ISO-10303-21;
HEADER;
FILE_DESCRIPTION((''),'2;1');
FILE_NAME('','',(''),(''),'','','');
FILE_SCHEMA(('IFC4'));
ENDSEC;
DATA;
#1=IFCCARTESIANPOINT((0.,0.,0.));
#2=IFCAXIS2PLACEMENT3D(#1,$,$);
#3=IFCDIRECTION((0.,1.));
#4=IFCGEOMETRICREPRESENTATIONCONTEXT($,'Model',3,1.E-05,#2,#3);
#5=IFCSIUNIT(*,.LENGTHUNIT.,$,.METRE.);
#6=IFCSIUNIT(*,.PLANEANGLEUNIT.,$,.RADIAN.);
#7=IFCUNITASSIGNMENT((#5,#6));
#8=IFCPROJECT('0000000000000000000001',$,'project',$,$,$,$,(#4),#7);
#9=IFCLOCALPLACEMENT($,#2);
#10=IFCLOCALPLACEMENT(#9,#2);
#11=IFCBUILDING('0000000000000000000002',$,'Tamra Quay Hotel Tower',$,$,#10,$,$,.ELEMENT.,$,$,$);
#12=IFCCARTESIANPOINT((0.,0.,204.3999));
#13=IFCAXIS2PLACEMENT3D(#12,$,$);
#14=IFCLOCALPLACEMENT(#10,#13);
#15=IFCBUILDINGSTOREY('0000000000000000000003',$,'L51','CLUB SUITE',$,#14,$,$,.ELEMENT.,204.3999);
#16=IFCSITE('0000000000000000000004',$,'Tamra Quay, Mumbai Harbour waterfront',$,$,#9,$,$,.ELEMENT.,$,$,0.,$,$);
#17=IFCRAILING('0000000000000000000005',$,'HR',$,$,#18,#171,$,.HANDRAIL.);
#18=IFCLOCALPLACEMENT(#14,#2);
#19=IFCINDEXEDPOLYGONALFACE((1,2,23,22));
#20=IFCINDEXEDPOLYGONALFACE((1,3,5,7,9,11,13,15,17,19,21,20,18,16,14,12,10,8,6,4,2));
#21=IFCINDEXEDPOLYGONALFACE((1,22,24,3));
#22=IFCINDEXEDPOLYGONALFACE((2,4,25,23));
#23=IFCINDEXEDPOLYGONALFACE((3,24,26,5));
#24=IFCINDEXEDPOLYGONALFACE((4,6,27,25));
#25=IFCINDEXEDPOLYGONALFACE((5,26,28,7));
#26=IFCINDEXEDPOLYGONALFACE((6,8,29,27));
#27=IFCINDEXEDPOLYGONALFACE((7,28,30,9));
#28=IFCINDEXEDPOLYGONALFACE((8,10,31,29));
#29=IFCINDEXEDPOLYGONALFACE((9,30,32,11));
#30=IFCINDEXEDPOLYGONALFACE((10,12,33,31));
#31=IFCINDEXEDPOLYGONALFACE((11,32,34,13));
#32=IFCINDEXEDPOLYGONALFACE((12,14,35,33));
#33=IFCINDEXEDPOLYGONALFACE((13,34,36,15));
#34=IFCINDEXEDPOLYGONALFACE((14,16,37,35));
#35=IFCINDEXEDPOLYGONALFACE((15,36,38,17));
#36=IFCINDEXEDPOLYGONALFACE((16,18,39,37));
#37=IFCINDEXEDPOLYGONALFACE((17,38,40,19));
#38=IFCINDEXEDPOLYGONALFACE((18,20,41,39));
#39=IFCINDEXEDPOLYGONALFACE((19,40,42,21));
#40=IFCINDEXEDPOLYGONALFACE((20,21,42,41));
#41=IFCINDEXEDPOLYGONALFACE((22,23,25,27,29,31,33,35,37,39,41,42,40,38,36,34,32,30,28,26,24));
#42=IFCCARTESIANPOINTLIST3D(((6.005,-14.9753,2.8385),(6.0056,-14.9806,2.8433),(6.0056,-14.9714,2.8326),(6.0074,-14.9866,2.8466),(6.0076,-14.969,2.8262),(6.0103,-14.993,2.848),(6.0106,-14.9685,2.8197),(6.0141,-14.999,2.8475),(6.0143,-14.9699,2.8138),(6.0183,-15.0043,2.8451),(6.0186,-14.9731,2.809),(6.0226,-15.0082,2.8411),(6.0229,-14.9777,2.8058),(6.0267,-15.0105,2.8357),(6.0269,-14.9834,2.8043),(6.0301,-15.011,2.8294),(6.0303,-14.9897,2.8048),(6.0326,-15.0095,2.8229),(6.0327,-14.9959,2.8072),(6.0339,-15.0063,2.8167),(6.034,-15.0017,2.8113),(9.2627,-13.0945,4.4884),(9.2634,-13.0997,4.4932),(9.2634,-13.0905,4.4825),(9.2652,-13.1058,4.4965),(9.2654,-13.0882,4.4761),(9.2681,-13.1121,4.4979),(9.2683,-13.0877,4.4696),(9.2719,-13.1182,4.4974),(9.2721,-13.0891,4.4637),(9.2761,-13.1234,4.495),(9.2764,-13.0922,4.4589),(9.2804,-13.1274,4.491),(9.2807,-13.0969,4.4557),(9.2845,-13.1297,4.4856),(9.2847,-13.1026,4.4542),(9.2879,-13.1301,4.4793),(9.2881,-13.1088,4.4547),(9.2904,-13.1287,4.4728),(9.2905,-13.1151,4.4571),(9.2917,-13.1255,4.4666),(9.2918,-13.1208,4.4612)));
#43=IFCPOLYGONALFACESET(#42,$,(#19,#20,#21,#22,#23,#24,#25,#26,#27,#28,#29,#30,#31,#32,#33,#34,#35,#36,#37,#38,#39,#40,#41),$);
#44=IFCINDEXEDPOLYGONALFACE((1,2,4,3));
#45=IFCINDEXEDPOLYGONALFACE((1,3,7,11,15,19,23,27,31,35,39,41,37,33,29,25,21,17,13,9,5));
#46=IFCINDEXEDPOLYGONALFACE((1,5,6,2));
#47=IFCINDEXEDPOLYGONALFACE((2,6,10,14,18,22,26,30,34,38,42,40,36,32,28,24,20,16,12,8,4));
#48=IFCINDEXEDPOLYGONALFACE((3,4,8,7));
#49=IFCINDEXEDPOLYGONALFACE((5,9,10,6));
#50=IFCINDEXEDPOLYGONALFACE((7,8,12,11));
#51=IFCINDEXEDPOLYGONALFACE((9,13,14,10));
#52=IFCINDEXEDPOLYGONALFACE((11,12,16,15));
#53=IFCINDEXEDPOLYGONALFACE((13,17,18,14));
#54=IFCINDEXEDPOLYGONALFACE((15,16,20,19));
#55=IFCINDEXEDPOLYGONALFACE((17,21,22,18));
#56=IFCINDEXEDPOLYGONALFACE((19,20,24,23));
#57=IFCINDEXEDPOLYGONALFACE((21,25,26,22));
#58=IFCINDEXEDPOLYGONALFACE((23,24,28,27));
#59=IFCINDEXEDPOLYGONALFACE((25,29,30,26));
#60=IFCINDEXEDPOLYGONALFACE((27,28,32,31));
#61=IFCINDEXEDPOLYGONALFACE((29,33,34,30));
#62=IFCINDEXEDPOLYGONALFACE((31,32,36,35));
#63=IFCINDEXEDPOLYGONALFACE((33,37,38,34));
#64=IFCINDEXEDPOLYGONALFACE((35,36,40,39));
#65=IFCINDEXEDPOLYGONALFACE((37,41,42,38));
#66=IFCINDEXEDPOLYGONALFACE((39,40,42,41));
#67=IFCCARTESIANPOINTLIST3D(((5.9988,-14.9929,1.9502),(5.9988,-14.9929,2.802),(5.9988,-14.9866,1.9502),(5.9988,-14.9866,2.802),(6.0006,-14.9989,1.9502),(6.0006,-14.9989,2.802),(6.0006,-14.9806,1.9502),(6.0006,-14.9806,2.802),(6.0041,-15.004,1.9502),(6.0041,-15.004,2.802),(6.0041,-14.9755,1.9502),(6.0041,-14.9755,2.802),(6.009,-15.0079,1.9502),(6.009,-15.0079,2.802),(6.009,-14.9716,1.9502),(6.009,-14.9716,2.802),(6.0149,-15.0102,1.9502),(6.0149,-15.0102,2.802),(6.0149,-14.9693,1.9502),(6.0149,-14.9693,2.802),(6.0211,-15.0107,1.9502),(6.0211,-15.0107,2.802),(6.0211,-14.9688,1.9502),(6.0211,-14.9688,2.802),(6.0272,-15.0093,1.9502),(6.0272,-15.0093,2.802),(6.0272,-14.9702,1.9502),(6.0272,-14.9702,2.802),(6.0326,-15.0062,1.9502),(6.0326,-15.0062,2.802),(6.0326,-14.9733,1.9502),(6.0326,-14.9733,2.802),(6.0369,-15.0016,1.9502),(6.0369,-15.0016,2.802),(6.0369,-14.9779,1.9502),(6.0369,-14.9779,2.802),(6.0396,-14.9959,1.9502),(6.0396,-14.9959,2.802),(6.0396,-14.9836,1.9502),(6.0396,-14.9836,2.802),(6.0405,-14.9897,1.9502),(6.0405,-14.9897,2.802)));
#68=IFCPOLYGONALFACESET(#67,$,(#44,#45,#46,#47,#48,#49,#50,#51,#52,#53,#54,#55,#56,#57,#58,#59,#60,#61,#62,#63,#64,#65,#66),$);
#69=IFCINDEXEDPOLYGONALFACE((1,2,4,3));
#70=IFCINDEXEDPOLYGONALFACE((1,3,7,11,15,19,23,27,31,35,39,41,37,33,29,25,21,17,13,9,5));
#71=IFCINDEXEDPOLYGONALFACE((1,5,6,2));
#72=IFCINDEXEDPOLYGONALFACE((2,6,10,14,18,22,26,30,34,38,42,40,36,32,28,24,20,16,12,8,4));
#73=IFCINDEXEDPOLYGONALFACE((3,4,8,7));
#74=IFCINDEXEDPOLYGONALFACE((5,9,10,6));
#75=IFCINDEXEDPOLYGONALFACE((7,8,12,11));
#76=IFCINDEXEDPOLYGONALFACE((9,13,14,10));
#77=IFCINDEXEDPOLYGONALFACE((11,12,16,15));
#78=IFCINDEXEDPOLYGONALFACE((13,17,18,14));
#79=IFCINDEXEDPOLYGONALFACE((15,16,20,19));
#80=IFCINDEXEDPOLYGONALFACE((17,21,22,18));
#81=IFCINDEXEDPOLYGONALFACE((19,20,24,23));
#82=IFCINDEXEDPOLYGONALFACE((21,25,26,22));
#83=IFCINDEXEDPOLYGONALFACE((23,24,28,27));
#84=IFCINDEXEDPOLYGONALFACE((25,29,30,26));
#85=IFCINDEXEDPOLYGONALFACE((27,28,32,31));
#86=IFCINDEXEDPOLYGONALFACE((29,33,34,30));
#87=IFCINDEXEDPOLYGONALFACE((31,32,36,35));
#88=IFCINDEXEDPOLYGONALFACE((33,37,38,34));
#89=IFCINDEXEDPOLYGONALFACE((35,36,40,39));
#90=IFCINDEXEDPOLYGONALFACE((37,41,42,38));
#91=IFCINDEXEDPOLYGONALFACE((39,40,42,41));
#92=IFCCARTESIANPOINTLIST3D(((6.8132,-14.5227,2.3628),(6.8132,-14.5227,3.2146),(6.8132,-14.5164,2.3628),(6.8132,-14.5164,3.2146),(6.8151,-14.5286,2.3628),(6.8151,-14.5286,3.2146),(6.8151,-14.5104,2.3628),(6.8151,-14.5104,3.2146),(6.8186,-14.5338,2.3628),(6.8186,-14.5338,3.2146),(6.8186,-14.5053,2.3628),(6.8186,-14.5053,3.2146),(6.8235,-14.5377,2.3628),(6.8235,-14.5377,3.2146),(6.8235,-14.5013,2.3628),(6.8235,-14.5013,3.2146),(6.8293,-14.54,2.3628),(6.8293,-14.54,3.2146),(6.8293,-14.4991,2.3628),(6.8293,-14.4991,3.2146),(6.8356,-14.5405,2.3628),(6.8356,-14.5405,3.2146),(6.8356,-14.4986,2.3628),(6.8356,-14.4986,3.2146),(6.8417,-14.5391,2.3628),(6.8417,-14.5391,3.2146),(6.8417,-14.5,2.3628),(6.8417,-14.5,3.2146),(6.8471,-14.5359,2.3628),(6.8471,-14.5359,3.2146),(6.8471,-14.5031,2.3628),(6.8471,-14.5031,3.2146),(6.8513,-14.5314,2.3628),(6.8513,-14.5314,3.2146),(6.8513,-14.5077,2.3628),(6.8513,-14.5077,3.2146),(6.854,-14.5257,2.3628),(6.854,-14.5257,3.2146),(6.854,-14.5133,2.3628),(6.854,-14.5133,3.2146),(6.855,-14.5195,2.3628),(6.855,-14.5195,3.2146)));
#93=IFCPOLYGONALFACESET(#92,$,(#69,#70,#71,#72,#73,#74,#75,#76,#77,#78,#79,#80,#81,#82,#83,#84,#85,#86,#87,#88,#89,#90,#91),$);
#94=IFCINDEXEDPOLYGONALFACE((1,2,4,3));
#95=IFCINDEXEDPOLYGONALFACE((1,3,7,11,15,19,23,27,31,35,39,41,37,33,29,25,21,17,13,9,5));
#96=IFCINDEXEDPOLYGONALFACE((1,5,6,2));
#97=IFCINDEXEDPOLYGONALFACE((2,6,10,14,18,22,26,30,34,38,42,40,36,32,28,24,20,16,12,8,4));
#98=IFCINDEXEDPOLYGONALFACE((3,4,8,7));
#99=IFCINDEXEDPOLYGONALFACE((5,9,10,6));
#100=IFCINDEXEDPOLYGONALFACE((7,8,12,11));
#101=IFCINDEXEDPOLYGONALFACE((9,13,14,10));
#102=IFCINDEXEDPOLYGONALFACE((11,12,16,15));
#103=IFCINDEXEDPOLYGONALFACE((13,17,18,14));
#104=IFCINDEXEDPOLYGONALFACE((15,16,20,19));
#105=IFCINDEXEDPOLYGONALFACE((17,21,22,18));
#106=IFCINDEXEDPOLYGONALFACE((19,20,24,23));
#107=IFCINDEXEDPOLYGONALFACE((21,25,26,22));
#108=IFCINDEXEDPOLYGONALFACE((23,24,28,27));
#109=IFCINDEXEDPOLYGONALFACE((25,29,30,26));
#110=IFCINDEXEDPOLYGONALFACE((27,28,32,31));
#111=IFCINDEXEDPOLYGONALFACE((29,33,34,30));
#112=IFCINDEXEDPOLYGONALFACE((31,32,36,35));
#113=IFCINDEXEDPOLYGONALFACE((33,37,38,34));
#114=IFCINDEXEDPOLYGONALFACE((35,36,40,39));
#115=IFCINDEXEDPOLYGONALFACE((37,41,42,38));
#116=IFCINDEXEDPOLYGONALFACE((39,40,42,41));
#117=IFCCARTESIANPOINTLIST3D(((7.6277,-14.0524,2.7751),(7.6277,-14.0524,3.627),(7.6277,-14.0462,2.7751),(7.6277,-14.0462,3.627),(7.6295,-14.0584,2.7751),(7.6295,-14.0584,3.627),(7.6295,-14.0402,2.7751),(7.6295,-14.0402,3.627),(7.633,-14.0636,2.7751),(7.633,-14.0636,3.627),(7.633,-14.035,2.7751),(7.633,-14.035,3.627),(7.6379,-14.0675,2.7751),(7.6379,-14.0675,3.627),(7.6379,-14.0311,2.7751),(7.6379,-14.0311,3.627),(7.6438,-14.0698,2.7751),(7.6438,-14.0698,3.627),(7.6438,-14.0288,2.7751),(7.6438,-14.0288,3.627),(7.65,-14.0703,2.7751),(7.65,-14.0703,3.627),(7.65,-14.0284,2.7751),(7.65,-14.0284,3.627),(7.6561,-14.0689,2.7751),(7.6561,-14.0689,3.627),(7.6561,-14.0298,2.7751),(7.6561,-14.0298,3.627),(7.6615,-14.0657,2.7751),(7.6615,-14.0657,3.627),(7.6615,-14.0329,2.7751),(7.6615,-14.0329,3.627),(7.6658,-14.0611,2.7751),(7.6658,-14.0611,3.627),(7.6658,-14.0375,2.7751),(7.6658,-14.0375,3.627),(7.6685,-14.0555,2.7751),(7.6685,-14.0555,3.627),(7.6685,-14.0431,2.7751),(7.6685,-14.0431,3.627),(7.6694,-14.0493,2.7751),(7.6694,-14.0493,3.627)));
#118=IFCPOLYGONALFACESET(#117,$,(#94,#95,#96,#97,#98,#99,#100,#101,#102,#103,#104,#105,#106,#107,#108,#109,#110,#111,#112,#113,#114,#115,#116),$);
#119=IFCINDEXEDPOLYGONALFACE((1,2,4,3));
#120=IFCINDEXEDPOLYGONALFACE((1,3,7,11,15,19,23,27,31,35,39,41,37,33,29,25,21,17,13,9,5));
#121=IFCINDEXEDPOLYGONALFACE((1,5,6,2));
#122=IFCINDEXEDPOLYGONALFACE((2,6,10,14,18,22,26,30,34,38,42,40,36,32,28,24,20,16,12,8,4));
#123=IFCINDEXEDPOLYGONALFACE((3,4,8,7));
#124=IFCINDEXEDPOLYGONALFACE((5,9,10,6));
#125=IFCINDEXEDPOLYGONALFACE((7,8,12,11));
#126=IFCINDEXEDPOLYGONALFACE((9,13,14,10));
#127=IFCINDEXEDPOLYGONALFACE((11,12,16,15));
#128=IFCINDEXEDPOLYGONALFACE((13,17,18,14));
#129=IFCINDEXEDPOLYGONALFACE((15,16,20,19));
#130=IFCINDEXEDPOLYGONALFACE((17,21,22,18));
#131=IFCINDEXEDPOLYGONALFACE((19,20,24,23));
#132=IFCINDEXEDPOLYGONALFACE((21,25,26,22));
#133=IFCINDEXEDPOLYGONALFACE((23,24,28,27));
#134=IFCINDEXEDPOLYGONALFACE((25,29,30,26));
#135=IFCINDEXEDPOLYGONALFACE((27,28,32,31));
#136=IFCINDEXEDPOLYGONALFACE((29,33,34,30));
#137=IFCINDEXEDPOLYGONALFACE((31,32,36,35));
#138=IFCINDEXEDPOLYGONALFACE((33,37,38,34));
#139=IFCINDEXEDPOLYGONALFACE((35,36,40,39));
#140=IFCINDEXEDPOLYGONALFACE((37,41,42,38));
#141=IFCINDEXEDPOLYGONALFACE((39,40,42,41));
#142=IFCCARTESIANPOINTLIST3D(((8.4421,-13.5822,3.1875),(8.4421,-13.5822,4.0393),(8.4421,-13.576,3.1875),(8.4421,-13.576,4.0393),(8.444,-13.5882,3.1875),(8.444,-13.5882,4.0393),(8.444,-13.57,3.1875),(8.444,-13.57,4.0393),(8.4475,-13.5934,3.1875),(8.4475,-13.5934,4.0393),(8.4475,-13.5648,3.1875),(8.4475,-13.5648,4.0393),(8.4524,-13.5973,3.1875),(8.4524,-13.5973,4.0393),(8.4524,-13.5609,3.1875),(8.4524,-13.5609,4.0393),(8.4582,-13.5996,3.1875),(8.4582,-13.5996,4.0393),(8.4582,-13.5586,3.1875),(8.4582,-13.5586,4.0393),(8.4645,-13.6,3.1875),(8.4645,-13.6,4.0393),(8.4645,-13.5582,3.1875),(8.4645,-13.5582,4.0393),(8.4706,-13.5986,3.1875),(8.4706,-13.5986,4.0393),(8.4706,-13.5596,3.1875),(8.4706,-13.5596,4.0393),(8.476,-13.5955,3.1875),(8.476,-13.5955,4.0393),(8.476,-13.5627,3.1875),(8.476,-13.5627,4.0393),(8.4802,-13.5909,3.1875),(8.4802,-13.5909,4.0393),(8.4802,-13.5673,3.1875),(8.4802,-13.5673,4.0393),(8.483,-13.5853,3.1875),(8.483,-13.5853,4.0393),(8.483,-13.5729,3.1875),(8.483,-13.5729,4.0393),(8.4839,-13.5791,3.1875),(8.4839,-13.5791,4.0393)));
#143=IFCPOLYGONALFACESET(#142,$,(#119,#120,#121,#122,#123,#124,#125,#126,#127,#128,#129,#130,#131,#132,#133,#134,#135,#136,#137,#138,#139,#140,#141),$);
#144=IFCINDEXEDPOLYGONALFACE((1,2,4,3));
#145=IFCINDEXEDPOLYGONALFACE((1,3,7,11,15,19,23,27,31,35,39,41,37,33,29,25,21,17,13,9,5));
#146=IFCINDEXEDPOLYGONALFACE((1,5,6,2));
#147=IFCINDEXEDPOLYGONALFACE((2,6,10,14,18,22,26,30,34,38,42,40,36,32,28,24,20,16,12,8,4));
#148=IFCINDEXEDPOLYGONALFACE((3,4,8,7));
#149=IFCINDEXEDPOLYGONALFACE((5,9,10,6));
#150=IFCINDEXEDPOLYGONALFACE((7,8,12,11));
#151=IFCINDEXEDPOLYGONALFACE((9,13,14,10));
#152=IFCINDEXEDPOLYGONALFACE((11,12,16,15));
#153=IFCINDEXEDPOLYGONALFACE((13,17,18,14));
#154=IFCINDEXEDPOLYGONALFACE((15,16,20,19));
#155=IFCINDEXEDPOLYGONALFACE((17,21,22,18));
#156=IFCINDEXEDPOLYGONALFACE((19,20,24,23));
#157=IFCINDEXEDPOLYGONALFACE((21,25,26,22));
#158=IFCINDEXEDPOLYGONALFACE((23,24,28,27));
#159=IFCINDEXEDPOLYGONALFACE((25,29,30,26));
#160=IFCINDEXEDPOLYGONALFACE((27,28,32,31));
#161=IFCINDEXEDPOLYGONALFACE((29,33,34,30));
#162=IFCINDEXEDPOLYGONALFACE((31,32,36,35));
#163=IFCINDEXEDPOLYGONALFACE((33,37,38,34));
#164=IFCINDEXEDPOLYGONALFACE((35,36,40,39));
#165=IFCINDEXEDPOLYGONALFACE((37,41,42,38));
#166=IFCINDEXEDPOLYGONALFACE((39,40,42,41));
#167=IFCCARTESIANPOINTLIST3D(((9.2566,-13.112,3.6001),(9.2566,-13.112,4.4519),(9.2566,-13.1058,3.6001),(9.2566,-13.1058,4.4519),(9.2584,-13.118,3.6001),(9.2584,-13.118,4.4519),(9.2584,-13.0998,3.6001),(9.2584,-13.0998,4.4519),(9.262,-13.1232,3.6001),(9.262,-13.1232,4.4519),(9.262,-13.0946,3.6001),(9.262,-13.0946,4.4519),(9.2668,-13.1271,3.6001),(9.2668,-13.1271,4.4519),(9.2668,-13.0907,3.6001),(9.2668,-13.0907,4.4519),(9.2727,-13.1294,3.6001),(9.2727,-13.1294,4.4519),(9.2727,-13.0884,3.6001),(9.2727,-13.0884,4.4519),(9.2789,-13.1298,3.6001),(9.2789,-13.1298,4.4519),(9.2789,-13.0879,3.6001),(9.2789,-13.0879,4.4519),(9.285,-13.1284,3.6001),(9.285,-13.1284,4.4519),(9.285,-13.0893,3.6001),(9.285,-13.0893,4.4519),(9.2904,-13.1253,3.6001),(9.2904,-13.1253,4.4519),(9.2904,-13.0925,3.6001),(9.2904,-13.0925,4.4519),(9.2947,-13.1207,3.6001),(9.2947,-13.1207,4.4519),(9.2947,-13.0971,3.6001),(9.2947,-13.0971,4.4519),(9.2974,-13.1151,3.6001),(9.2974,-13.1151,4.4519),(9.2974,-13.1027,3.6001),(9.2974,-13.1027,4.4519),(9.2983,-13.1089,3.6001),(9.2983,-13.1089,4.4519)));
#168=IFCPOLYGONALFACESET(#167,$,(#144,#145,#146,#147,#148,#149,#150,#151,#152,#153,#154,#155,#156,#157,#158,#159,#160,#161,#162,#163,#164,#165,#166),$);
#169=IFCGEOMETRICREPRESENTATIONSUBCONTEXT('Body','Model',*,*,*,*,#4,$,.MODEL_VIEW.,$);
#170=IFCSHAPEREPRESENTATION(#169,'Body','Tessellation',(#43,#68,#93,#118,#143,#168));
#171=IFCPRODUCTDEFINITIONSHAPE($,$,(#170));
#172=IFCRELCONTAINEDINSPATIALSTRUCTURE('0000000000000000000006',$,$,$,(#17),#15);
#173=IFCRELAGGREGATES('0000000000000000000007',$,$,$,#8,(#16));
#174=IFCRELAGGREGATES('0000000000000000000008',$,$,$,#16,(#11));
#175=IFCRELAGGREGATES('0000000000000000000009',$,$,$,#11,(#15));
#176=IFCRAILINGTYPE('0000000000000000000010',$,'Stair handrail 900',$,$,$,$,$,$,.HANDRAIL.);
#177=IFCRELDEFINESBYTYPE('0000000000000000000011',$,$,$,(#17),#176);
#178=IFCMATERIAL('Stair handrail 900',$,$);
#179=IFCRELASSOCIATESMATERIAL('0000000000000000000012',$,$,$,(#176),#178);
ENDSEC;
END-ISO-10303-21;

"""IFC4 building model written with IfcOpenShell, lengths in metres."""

from ifc_helpers import new_model, si_unit, direction, frame, origin, origin_2d, place, context, subcontext, project, spatial, circle, extrude, material, type_object, element, save


model = new_model("IFC4")

# Units and contexts
model_context = context("Model", 3, precision=1e-05, world=origin(), true_north=direction((0.0, 1.0)))
body_context = subcontext(model_context, "Body", "Model", "MODEL_VIEW")
ifc_project = project(units=[si_unit("LENGTHUNIT", "METRE"), si_unit("PLANEANGLEUNIT", "RADIAN")], contexts=[model_context])

# Site, building, storey
site_placement = place(None, origin())
site = spatial("IfcSite", under=ifc_project, at=site_placement, Name="Tamra Quay, Mumbai Harbour waterfront", CompositionType="ELEMENT", RefElevation=0.0)
building_placement = place(site_placement, origin())
building = spatial("IfcBuilding", under=site, at=building_placement, Name="Tamra Quay Hotel Tower", CompositionType="ELEMENT")
storey_placement = place(building_placement, frame((0.0, 0.0, 204.3999)))
storey = spatial("IfcBuildingStorey", under=building, at=storey_placement, Name="L51", Description="CLUB SUITE", CompositionType="ELEMENT", Elevation=204.3999)

# Railing
ifc_material_1 = material(Name="Stair handrail 900")
railing_type_1 = type_object("IfcRailingType", Name="Stair handrail 900", PredefinedType="HANDRAIL", material=ifc_material_1)
railing_1_placement = place(storey_placement, frame((6.0195, -14.9897, 1.9502)))
element("IfcRailing", 1, at=railing_1_placement, inside=storey, type_object=railing_type_1, Name="HR", PredefinedType="HANDRAIL", context=body_context, shape_type="SweptSolid", body=[
    extrude(circle(Radius=0.0239, at=origin_2d()), frame((0.0, 0.0, 0.876), z_axis=(0.7931, 0.457887, 0.401661), x_axis=(-0.499992, 0.86603, 0.0)), (0.0, 0.0, 1.0), 4.1077),
    extrude(circle(Radius=0.021, at=origin_2d()), origin(), (0.0, 0.0, 1.0), 0.8518),
    extrude(circle(Radius=0.021, at=origin_2d()), frame((0.8145, 0.4702, 0.4126)), (0.0, 0.0, 1.0), 0.8518),
    extrude(circle(Radius=0.021, at=origin_2d()), frame((1.6289, 0.9404, 0.825)), (0.0, 0.0, 1.0), 0.8518),
    extrude(circle(Radius=0.021, at=origin_2d()), frame((2.4434, 1.4106, 1.2373)), (0.0, 0.0, 1.0), 0.8518),
    extrude(circle(Radius=0.021, at=origin_2d()), frame((3.2578, 1.8809, 1.6499)), (0.0, 0.0, 1.0), 0.8518),
])

save(model, "model.ifc")
